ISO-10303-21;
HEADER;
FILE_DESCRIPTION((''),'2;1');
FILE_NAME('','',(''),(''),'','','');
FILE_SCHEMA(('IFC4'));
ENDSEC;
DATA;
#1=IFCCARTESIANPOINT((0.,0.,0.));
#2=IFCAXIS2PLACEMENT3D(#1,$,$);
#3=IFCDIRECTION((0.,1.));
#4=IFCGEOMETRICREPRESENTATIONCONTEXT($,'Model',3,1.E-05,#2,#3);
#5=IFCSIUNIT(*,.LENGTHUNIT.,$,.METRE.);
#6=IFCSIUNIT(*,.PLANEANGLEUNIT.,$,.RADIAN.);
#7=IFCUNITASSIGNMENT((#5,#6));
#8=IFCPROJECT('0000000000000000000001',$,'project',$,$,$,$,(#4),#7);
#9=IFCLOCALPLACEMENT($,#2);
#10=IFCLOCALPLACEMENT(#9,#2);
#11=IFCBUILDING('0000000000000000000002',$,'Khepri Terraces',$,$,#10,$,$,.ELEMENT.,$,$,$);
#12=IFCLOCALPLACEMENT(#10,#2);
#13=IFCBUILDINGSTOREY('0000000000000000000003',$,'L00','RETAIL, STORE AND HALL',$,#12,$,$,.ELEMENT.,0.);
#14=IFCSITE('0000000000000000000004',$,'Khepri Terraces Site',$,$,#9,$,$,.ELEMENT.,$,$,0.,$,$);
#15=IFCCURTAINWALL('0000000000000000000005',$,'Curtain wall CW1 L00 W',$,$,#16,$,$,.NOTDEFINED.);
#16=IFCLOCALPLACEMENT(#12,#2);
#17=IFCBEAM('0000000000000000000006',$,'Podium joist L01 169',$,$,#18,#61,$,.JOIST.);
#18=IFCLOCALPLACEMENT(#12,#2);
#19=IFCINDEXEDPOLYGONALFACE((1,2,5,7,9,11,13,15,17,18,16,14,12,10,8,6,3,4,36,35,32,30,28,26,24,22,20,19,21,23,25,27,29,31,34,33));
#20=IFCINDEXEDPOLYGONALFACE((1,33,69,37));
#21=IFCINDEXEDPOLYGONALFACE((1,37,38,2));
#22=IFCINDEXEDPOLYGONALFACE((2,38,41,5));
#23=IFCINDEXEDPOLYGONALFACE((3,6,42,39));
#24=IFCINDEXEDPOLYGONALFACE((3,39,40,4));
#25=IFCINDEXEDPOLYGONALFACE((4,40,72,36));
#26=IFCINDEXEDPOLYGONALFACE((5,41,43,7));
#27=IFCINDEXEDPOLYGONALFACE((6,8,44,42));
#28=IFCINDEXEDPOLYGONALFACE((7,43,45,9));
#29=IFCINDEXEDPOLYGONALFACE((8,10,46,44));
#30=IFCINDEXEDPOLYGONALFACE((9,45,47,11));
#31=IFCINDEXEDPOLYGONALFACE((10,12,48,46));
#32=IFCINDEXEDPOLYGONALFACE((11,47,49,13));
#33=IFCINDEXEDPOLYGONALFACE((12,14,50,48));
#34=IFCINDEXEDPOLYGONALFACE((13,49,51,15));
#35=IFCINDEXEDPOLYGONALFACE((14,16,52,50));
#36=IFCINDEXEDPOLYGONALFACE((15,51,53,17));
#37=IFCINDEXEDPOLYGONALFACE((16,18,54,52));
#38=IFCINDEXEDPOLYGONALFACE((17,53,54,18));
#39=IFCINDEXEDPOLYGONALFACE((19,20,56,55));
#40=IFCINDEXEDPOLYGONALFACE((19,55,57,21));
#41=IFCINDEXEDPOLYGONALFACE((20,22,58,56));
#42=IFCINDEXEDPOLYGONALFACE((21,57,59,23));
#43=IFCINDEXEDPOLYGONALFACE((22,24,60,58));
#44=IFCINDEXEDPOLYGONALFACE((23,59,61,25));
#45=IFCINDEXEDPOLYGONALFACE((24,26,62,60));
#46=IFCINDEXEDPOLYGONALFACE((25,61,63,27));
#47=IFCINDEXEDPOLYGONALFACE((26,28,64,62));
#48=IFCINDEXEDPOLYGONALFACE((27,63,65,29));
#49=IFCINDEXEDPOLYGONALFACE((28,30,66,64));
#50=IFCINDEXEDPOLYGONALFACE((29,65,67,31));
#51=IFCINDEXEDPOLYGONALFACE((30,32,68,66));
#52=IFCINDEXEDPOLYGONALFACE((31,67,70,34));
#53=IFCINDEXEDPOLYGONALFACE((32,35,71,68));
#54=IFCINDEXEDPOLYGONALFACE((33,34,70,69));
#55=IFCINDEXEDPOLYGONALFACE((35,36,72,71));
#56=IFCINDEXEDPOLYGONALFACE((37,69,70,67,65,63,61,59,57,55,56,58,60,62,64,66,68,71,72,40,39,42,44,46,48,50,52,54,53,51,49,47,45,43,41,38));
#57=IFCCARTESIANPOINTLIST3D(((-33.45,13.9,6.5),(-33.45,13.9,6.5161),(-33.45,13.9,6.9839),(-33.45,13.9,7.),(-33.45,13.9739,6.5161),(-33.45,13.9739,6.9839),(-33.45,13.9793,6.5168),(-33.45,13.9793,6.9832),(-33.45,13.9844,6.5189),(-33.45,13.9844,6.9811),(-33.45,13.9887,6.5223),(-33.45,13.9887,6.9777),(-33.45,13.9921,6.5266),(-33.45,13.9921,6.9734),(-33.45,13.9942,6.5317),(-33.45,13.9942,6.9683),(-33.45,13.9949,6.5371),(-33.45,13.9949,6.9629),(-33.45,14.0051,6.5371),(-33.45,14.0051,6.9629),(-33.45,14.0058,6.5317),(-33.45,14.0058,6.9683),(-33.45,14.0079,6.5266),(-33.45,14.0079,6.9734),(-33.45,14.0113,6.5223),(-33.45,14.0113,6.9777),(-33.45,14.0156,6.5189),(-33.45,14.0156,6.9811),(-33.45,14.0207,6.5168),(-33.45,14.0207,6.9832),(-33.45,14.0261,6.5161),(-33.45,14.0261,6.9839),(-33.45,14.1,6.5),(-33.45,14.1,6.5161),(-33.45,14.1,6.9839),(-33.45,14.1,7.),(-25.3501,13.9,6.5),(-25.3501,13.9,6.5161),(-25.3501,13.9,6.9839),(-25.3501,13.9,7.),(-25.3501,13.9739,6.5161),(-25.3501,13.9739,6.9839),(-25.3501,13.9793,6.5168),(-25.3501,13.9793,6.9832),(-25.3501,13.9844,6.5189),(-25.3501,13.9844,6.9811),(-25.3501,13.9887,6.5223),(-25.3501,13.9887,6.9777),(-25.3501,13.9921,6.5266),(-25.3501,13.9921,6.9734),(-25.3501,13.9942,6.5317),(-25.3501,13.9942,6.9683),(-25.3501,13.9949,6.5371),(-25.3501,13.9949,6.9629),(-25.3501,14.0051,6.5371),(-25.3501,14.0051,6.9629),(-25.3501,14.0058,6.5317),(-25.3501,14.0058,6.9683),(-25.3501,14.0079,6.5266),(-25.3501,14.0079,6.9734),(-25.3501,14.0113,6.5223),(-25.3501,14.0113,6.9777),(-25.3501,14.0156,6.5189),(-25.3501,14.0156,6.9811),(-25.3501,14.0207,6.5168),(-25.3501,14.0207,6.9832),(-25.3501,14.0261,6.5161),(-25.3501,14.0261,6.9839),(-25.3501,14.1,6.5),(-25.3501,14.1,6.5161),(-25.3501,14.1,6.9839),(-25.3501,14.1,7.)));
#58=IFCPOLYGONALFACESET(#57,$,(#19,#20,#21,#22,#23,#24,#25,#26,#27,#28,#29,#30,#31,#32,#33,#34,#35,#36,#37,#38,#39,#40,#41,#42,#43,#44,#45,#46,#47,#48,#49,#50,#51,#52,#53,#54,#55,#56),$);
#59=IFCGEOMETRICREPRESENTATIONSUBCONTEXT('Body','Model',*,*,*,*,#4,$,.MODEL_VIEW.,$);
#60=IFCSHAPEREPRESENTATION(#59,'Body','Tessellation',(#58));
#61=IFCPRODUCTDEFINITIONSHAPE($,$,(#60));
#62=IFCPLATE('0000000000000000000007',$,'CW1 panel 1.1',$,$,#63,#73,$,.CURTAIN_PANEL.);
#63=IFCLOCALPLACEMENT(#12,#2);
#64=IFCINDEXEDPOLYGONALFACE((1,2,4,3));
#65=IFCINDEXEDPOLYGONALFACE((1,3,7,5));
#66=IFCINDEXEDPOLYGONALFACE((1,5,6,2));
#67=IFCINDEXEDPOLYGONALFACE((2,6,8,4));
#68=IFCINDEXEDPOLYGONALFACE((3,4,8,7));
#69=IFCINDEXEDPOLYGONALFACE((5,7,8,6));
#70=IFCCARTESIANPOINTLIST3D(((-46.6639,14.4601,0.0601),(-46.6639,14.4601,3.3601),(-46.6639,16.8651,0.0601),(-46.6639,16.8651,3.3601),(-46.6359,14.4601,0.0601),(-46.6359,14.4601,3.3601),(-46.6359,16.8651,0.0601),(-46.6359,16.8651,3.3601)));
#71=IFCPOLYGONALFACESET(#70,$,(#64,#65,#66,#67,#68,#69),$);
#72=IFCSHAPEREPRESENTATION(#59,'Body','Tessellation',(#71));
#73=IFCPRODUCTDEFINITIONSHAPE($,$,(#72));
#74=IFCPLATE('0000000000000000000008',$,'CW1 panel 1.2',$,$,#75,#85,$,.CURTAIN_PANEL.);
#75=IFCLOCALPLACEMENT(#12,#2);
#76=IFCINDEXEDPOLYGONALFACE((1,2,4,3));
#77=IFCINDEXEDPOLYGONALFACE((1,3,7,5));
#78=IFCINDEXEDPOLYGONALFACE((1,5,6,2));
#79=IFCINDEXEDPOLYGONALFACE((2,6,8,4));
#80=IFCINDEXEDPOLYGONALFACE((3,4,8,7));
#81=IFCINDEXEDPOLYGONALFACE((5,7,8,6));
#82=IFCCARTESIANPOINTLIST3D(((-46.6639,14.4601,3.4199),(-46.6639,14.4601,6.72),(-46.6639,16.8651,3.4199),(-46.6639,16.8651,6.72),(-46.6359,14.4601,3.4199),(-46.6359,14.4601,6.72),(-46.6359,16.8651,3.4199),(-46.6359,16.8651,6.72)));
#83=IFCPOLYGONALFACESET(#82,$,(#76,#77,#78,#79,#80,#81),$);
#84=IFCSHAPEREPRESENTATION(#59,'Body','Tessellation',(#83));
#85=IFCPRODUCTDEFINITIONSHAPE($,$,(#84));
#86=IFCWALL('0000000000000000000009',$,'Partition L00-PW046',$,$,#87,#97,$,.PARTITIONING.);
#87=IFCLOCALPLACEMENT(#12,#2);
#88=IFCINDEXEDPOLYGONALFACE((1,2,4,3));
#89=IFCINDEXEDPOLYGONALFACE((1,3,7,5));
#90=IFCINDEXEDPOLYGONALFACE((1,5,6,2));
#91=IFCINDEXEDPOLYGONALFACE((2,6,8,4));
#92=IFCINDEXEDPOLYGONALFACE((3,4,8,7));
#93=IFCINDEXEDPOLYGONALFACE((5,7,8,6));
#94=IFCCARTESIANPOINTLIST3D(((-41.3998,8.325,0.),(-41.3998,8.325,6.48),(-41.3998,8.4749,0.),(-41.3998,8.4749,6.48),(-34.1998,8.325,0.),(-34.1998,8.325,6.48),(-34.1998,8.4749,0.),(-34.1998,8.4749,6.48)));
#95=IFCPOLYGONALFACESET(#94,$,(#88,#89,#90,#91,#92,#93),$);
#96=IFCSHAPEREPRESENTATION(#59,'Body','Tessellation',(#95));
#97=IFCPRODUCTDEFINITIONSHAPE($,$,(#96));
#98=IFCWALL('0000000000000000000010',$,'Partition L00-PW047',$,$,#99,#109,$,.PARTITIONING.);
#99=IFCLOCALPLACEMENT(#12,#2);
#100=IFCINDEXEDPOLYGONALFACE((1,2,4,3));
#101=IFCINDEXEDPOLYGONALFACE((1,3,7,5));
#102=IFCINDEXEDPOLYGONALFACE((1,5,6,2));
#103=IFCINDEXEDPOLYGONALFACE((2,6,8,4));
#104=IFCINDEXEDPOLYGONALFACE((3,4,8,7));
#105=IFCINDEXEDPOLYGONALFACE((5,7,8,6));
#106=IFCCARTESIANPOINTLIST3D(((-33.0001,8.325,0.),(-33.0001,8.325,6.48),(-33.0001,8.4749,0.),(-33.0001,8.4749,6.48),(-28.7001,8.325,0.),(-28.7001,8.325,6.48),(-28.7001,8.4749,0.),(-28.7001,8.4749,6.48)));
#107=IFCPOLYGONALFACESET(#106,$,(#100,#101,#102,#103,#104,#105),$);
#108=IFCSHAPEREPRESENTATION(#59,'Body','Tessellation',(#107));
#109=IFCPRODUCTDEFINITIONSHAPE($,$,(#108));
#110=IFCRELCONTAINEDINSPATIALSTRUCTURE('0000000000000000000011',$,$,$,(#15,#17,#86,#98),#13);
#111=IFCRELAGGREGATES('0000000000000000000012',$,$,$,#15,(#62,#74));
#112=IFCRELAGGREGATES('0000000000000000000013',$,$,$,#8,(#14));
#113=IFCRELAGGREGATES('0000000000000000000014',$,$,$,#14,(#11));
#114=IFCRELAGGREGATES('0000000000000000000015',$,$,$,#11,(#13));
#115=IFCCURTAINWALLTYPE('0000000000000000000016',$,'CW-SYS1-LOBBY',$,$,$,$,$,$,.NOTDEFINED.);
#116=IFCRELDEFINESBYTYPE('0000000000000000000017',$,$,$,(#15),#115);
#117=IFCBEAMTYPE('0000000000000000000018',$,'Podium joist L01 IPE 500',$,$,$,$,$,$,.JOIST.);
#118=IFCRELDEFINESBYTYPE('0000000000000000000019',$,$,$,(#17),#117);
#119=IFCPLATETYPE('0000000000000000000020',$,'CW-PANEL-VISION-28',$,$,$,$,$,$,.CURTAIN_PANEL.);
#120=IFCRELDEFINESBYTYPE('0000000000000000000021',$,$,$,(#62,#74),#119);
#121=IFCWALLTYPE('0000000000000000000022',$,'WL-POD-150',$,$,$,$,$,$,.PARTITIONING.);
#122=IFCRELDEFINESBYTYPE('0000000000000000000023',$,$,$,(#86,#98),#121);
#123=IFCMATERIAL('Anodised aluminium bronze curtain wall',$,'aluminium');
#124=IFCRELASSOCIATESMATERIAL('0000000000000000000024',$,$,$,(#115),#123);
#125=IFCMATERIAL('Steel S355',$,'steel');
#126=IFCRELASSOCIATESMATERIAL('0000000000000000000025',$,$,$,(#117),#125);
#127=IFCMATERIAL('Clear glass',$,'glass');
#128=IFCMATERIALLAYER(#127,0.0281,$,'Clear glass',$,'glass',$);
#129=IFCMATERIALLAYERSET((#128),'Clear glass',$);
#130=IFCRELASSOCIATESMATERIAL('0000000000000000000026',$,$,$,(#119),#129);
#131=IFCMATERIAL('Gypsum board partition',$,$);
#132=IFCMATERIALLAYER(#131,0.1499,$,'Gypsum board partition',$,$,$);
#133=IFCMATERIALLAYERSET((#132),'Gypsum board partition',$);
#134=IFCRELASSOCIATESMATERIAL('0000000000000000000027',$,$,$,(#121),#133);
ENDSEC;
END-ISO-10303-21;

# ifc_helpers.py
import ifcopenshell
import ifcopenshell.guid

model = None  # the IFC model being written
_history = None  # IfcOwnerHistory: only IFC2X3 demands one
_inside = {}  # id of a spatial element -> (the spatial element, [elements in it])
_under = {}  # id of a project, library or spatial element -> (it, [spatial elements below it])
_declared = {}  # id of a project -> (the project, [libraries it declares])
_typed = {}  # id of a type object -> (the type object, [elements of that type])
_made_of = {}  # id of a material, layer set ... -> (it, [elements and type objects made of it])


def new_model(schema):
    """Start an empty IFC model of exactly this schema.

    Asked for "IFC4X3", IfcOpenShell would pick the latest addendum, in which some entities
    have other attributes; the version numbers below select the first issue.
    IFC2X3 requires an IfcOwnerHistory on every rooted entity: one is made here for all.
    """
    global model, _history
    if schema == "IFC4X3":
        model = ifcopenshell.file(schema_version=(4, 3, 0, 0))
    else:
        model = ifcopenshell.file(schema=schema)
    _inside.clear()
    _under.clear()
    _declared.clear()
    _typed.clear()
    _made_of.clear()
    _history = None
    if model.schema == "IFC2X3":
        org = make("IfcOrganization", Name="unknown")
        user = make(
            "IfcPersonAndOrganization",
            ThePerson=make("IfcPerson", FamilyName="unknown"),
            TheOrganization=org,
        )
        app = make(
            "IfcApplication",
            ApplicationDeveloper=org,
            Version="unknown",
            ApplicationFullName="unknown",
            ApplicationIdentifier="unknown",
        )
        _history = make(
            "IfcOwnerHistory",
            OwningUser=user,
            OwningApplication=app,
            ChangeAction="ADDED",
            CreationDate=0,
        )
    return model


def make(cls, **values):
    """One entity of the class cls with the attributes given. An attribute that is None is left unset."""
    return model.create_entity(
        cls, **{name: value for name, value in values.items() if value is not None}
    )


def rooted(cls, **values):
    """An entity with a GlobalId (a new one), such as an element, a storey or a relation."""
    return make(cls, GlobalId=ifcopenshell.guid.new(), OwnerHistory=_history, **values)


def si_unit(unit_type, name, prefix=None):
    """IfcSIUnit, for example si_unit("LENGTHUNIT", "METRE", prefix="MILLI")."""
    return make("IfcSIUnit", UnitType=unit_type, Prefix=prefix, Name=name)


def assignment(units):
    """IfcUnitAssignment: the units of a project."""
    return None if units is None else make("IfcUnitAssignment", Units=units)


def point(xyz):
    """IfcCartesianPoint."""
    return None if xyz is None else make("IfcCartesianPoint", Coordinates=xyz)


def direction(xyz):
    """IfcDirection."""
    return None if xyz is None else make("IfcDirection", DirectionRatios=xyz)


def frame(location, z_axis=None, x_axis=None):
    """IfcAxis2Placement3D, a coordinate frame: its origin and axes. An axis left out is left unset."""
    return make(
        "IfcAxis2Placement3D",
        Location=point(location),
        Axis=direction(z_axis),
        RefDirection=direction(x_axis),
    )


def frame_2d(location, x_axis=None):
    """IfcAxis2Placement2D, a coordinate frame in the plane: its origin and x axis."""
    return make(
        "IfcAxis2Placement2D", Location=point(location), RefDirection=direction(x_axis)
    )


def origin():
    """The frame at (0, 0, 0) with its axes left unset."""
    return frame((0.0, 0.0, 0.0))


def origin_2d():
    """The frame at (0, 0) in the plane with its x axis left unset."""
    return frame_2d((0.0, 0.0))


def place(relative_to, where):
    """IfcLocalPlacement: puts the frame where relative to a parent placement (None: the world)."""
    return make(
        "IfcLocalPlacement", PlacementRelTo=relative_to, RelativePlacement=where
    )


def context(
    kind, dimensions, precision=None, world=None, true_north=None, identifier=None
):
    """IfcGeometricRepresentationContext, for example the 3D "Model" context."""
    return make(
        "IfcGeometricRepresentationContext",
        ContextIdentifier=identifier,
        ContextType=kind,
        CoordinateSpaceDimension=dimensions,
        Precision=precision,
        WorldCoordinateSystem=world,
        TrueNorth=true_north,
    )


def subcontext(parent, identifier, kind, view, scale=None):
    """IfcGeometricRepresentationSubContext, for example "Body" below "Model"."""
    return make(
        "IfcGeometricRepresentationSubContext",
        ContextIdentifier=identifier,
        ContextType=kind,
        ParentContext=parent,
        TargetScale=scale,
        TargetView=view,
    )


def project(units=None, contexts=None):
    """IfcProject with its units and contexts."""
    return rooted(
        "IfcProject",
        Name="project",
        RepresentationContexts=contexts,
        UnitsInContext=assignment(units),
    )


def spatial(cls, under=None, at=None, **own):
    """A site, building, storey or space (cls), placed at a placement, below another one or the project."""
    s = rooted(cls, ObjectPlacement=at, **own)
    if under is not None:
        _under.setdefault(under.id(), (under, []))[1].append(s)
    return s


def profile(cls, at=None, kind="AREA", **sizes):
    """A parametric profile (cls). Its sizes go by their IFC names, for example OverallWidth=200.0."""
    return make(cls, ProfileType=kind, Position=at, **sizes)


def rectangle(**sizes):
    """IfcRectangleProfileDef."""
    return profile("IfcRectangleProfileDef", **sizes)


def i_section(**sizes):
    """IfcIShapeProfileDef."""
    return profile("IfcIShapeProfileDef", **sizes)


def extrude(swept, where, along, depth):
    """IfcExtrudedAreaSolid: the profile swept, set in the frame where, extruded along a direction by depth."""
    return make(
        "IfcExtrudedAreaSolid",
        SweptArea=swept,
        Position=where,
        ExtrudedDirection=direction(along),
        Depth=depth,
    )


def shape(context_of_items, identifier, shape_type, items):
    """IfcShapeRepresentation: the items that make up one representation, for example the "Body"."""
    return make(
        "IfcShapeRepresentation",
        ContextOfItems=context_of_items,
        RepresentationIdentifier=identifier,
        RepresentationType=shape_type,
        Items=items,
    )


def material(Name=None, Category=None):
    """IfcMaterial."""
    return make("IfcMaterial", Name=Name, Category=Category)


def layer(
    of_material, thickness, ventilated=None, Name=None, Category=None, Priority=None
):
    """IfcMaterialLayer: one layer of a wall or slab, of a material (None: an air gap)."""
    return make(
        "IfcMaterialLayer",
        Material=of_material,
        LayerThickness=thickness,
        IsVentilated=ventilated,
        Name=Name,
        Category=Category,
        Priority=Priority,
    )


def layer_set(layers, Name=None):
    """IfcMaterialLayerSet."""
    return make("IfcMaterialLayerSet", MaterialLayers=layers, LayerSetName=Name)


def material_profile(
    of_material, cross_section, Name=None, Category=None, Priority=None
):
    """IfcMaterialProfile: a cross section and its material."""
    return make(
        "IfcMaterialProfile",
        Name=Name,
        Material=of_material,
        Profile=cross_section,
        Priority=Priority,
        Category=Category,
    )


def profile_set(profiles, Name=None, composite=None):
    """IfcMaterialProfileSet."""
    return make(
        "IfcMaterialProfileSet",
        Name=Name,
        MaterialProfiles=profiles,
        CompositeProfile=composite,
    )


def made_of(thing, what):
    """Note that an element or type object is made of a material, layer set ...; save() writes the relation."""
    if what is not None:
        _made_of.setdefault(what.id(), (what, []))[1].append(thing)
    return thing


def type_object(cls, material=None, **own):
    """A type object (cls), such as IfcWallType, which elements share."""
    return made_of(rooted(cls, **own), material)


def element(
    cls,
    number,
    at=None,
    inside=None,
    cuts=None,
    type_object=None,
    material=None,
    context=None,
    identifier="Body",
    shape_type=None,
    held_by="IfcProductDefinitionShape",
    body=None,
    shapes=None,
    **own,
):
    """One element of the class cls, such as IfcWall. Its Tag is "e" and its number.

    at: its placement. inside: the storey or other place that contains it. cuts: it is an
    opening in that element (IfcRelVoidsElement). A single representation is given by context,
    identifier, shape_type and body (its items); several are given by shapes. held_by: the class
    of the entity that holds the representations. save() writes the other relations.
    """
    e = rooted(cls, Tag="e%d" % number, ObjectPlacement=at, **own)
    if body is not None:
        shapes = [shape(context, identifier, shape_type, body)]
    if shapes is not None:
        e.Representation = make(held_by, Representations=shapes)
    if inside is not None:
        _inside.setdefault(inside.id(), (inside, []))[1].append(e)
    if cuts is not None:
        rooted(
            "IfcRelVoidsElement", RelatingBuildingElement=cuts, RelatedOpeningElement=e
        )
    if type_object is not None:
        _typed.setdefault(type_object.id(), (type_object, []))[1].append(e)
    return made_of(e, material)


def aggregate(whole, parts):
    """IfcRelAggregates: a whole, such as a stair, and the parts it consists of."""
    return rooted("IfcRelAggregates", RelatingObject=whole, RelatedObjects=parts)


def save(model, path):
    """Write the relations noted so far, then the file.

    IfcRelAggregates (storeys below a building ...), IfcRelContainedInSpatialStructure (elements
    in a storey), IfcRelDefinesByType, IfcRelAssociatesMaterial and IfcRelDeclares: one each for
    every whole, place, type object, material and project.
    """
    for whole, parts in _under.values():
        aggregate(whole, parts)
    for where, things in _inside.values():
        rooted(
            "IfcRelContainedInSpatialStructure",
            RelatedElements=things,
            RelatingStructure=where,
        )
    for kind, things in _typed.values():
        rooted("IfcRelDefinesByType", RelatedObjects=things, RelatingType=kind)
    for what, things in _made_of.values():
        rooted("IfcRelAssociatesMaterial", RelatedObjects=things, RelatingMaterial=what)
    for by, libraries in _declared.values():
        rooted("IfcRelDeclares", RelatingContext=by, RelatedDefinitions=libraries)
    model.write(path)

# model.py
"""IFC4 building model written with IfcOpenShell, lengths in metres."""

from ifc_helpers import new_model, si_unit, direction, frame, frame_2d, origin, origin_2d, place, context, subcontext, project, spatial, rectangle, i_section, extrude, material, layer, layer_set, material_profile, profile_set, type_object, element, aggregate, save


model = new_model("IFC4")

# Units and contexts
model_context = context("Model", 3, precision=1e-05, world=origin(), true_north=direction((0.0, 1.0)))
body_context = subcontext(model_context, "Body", "Model", "MODEL_VIEW")
ifc_project = project(units=[si_unit("LENGTHUNIT", "METRE"), si_unit("PLANEANGLEUNIT", "RADIAN")], contexts=[model_context])

# Site, building, storey
site_placement = place(None, origin())
site = spatial("IfcSite", under=ifc_project, at=site_placement, Name="Khepri Terraces Site", CompositionType="ELEMENT", RefElevation=0.0)
building_placement = place(site_placement, origin())
building = spatial("IfcBuilding", under=site, at=building_placement, Name="Khepri Terraces", CompositionType="ELEMENT")
storey_placement = place(building_placement, origin())
storey = spatial("IfcBuildingStorey", under=building, at=storey_placement, Name="L00", Description="RETAIL, STORE AND HALL", CompositionType="ELEMENT", Elevation=0.0)

# Curtain wall
ifc_material_1 = material(Name="Anodised aluminium bronze curtain wall", Category="aluminium")
curtain_wall_type = type_object("IfcCurtainWallType", Name="CW-SYS1-LOBBY", PredefinedType="NOTDEFINED", material=ifc_material_1)
curtain_wall_1_placement = place(storey_placement, origin())
curtain_wall_1 = element("IfcCurtainWall", 1, at=curtain_wall_1_placement, inside=storey, type_object=curtain_wall_type, Name="Curtain wall CW1 L00 W", PredefinedType="NOTDEFINED")

# Beam
ifc_material_2 = material(Name="Steel S355", Category="steel")
ifc_material_profile_1 = material_profile(ifc_material_2, i_section(OverallWidth=0.2, OverallDepth=0.5, WebThickness=0.0103, FlangeThickness=0.0161, FilletRadius=0.021, at=origin_2d()), Name="Steel S355", Category="steel")
ifc_profile_set_1 = profile_set([ifc_material_profile_1], Name="Steel S355")
beam_type_1 = type_object("IfcBeamType", Name="Podium joist L01 IPE 500", PredefinedType="JOIST", material=ifc_profile_set_1)
beam_1_placement = place(storey_placement, frame((-33.45, 14.0, 6.75), z_axis=(1.0, 0.0, 0.0), x_axis=(0.0, 1.0, 0.0)))
element("IfcBeam", 2, at=beam_1_placement, inside=storey, type_object=beam_type_1, Name="Podium joist L01 169", PredefinedType="JOIST", context=body_context, shape_type="SweptSolid", body=[
    extrude(i_section(OverallWidth=0.2, OverallDepth=0.5, WebThickness=0.0103, FlangeThickness=0.0161, FilletRadius=0.021, at=origin_2d()), origin(), (0.0, 0.0, 1.0), 8.0999),
])

# Plates
ifc_material_3 = material(Name="Clear glass", Category="glass")
ifc_layer_1 = layer(ifc_material_3, 0.0281, Name="Clear glass", Category="glass")
ifc_layer_set_1 = layer_set([ifc_layer_1], Name="Clear glass")
plate_type = type_object("IfcPlateType", Name="CW-PANEL-VISION-28", PredefinedType="CURTAIN_PANEL", material=ifc_layer_set_1)
plate_1_placement = place(storey_placement, frame((-46.6499, 15.6626, 0.0601), z_axis=(0.0, 0.0, 1.0), x_axis=(0.0, -1.0, 0.0)))
plate_1 = element("IfcPlate", 3, at=plate_1_placement, type_object=plate_type, Name="CW1 panel 1.1", PredefinedType="CURTAIN_PANEL", context=body_context, shape_type="SweptSolid", body=[
    extrude(rectangle(XDim=2.405, YDim=0.0281, at=origin_2d()), origin(), (0.0, 0.0, 1.0), 3.3),
])
plate_2_placement = place(storey_placement, frame((-46.6499, 15.6626, 3.4199), z_axis=(0.0, 0.0, 1.0), x_axis=(0.0, -1.0, 0.0)))
plate_2 = element("IfcPlate", 4, at=plate_2_placement, type_object=plate_type, Name="CW1 panel 1.2", PredefinedType="CURTAIN_PANEL", context=body_context, shape_type="SweptSolid", body=[
    extrude(rectangle(XDim=2.405, YDim=0.0281, at=origin_2d()), origin(), (0.0, 0.0, 1.0), 3.3),
])
aggregate(curtain_wall_1, [plate_1, plate_2])

# Walls
ifc_material_4 = material(Name="Gypsum board partition")
ifc_layer_2 = layer(ifc_material_4, 0.1499, Name="Gypsum board partition")
ifc_layer_set_2 = layer_set([ifc_layer_2], Name="Gypsum board partition")
wall_type_1 = type_object("IfcWallType", Name="WL-POD-150", PredefinedType="PARTITIONING", material=ifc_layer_set_2)
wall_1_placement = place(storey_placement, frame((-41.3999, 8.3999, 0.0), z_axis=(0.0, 0.0, 1.0), x_axis=(1.0, 0.0, 0.0)))
element("IfcWall", 5, at=wall_1_placement, inside=storey, type_object=wall_type_1, Name="Partition L00-PW046", PredefinedType="PARTITIONING", context=body_context, shape_type="SweptSolid", body=[
    extrude(rectangle(XDim=7.2, YDim=0.1499, at=frame_2d((3.6001, 0.0))), origin(), (0.0, 0.0, 1.0), 6.48),
])
wall_2_placement = place(storey_placement, frame((-33.0, 8.3999, 0.0), z_axis=(0.0, 0.0, 1.0), x_axis=(1.0, 0.0, 0.0)))
element("IfcWall", 6, at=wall_2_placement, inside=storey, type_object=wall_type_1, Name="Partition L00-PW047", PredefinedType="PARTITIONING", context=body_context, shape_type="SweptSolid", body=[
    extrude(rectangle(XDim=4.3, YDim=0.1499, at=frame_2d((2.1499, 0.0))), origin(), (0.0, 0.0, 1.0), 6.48),
])

save(model, "model.ifc")
